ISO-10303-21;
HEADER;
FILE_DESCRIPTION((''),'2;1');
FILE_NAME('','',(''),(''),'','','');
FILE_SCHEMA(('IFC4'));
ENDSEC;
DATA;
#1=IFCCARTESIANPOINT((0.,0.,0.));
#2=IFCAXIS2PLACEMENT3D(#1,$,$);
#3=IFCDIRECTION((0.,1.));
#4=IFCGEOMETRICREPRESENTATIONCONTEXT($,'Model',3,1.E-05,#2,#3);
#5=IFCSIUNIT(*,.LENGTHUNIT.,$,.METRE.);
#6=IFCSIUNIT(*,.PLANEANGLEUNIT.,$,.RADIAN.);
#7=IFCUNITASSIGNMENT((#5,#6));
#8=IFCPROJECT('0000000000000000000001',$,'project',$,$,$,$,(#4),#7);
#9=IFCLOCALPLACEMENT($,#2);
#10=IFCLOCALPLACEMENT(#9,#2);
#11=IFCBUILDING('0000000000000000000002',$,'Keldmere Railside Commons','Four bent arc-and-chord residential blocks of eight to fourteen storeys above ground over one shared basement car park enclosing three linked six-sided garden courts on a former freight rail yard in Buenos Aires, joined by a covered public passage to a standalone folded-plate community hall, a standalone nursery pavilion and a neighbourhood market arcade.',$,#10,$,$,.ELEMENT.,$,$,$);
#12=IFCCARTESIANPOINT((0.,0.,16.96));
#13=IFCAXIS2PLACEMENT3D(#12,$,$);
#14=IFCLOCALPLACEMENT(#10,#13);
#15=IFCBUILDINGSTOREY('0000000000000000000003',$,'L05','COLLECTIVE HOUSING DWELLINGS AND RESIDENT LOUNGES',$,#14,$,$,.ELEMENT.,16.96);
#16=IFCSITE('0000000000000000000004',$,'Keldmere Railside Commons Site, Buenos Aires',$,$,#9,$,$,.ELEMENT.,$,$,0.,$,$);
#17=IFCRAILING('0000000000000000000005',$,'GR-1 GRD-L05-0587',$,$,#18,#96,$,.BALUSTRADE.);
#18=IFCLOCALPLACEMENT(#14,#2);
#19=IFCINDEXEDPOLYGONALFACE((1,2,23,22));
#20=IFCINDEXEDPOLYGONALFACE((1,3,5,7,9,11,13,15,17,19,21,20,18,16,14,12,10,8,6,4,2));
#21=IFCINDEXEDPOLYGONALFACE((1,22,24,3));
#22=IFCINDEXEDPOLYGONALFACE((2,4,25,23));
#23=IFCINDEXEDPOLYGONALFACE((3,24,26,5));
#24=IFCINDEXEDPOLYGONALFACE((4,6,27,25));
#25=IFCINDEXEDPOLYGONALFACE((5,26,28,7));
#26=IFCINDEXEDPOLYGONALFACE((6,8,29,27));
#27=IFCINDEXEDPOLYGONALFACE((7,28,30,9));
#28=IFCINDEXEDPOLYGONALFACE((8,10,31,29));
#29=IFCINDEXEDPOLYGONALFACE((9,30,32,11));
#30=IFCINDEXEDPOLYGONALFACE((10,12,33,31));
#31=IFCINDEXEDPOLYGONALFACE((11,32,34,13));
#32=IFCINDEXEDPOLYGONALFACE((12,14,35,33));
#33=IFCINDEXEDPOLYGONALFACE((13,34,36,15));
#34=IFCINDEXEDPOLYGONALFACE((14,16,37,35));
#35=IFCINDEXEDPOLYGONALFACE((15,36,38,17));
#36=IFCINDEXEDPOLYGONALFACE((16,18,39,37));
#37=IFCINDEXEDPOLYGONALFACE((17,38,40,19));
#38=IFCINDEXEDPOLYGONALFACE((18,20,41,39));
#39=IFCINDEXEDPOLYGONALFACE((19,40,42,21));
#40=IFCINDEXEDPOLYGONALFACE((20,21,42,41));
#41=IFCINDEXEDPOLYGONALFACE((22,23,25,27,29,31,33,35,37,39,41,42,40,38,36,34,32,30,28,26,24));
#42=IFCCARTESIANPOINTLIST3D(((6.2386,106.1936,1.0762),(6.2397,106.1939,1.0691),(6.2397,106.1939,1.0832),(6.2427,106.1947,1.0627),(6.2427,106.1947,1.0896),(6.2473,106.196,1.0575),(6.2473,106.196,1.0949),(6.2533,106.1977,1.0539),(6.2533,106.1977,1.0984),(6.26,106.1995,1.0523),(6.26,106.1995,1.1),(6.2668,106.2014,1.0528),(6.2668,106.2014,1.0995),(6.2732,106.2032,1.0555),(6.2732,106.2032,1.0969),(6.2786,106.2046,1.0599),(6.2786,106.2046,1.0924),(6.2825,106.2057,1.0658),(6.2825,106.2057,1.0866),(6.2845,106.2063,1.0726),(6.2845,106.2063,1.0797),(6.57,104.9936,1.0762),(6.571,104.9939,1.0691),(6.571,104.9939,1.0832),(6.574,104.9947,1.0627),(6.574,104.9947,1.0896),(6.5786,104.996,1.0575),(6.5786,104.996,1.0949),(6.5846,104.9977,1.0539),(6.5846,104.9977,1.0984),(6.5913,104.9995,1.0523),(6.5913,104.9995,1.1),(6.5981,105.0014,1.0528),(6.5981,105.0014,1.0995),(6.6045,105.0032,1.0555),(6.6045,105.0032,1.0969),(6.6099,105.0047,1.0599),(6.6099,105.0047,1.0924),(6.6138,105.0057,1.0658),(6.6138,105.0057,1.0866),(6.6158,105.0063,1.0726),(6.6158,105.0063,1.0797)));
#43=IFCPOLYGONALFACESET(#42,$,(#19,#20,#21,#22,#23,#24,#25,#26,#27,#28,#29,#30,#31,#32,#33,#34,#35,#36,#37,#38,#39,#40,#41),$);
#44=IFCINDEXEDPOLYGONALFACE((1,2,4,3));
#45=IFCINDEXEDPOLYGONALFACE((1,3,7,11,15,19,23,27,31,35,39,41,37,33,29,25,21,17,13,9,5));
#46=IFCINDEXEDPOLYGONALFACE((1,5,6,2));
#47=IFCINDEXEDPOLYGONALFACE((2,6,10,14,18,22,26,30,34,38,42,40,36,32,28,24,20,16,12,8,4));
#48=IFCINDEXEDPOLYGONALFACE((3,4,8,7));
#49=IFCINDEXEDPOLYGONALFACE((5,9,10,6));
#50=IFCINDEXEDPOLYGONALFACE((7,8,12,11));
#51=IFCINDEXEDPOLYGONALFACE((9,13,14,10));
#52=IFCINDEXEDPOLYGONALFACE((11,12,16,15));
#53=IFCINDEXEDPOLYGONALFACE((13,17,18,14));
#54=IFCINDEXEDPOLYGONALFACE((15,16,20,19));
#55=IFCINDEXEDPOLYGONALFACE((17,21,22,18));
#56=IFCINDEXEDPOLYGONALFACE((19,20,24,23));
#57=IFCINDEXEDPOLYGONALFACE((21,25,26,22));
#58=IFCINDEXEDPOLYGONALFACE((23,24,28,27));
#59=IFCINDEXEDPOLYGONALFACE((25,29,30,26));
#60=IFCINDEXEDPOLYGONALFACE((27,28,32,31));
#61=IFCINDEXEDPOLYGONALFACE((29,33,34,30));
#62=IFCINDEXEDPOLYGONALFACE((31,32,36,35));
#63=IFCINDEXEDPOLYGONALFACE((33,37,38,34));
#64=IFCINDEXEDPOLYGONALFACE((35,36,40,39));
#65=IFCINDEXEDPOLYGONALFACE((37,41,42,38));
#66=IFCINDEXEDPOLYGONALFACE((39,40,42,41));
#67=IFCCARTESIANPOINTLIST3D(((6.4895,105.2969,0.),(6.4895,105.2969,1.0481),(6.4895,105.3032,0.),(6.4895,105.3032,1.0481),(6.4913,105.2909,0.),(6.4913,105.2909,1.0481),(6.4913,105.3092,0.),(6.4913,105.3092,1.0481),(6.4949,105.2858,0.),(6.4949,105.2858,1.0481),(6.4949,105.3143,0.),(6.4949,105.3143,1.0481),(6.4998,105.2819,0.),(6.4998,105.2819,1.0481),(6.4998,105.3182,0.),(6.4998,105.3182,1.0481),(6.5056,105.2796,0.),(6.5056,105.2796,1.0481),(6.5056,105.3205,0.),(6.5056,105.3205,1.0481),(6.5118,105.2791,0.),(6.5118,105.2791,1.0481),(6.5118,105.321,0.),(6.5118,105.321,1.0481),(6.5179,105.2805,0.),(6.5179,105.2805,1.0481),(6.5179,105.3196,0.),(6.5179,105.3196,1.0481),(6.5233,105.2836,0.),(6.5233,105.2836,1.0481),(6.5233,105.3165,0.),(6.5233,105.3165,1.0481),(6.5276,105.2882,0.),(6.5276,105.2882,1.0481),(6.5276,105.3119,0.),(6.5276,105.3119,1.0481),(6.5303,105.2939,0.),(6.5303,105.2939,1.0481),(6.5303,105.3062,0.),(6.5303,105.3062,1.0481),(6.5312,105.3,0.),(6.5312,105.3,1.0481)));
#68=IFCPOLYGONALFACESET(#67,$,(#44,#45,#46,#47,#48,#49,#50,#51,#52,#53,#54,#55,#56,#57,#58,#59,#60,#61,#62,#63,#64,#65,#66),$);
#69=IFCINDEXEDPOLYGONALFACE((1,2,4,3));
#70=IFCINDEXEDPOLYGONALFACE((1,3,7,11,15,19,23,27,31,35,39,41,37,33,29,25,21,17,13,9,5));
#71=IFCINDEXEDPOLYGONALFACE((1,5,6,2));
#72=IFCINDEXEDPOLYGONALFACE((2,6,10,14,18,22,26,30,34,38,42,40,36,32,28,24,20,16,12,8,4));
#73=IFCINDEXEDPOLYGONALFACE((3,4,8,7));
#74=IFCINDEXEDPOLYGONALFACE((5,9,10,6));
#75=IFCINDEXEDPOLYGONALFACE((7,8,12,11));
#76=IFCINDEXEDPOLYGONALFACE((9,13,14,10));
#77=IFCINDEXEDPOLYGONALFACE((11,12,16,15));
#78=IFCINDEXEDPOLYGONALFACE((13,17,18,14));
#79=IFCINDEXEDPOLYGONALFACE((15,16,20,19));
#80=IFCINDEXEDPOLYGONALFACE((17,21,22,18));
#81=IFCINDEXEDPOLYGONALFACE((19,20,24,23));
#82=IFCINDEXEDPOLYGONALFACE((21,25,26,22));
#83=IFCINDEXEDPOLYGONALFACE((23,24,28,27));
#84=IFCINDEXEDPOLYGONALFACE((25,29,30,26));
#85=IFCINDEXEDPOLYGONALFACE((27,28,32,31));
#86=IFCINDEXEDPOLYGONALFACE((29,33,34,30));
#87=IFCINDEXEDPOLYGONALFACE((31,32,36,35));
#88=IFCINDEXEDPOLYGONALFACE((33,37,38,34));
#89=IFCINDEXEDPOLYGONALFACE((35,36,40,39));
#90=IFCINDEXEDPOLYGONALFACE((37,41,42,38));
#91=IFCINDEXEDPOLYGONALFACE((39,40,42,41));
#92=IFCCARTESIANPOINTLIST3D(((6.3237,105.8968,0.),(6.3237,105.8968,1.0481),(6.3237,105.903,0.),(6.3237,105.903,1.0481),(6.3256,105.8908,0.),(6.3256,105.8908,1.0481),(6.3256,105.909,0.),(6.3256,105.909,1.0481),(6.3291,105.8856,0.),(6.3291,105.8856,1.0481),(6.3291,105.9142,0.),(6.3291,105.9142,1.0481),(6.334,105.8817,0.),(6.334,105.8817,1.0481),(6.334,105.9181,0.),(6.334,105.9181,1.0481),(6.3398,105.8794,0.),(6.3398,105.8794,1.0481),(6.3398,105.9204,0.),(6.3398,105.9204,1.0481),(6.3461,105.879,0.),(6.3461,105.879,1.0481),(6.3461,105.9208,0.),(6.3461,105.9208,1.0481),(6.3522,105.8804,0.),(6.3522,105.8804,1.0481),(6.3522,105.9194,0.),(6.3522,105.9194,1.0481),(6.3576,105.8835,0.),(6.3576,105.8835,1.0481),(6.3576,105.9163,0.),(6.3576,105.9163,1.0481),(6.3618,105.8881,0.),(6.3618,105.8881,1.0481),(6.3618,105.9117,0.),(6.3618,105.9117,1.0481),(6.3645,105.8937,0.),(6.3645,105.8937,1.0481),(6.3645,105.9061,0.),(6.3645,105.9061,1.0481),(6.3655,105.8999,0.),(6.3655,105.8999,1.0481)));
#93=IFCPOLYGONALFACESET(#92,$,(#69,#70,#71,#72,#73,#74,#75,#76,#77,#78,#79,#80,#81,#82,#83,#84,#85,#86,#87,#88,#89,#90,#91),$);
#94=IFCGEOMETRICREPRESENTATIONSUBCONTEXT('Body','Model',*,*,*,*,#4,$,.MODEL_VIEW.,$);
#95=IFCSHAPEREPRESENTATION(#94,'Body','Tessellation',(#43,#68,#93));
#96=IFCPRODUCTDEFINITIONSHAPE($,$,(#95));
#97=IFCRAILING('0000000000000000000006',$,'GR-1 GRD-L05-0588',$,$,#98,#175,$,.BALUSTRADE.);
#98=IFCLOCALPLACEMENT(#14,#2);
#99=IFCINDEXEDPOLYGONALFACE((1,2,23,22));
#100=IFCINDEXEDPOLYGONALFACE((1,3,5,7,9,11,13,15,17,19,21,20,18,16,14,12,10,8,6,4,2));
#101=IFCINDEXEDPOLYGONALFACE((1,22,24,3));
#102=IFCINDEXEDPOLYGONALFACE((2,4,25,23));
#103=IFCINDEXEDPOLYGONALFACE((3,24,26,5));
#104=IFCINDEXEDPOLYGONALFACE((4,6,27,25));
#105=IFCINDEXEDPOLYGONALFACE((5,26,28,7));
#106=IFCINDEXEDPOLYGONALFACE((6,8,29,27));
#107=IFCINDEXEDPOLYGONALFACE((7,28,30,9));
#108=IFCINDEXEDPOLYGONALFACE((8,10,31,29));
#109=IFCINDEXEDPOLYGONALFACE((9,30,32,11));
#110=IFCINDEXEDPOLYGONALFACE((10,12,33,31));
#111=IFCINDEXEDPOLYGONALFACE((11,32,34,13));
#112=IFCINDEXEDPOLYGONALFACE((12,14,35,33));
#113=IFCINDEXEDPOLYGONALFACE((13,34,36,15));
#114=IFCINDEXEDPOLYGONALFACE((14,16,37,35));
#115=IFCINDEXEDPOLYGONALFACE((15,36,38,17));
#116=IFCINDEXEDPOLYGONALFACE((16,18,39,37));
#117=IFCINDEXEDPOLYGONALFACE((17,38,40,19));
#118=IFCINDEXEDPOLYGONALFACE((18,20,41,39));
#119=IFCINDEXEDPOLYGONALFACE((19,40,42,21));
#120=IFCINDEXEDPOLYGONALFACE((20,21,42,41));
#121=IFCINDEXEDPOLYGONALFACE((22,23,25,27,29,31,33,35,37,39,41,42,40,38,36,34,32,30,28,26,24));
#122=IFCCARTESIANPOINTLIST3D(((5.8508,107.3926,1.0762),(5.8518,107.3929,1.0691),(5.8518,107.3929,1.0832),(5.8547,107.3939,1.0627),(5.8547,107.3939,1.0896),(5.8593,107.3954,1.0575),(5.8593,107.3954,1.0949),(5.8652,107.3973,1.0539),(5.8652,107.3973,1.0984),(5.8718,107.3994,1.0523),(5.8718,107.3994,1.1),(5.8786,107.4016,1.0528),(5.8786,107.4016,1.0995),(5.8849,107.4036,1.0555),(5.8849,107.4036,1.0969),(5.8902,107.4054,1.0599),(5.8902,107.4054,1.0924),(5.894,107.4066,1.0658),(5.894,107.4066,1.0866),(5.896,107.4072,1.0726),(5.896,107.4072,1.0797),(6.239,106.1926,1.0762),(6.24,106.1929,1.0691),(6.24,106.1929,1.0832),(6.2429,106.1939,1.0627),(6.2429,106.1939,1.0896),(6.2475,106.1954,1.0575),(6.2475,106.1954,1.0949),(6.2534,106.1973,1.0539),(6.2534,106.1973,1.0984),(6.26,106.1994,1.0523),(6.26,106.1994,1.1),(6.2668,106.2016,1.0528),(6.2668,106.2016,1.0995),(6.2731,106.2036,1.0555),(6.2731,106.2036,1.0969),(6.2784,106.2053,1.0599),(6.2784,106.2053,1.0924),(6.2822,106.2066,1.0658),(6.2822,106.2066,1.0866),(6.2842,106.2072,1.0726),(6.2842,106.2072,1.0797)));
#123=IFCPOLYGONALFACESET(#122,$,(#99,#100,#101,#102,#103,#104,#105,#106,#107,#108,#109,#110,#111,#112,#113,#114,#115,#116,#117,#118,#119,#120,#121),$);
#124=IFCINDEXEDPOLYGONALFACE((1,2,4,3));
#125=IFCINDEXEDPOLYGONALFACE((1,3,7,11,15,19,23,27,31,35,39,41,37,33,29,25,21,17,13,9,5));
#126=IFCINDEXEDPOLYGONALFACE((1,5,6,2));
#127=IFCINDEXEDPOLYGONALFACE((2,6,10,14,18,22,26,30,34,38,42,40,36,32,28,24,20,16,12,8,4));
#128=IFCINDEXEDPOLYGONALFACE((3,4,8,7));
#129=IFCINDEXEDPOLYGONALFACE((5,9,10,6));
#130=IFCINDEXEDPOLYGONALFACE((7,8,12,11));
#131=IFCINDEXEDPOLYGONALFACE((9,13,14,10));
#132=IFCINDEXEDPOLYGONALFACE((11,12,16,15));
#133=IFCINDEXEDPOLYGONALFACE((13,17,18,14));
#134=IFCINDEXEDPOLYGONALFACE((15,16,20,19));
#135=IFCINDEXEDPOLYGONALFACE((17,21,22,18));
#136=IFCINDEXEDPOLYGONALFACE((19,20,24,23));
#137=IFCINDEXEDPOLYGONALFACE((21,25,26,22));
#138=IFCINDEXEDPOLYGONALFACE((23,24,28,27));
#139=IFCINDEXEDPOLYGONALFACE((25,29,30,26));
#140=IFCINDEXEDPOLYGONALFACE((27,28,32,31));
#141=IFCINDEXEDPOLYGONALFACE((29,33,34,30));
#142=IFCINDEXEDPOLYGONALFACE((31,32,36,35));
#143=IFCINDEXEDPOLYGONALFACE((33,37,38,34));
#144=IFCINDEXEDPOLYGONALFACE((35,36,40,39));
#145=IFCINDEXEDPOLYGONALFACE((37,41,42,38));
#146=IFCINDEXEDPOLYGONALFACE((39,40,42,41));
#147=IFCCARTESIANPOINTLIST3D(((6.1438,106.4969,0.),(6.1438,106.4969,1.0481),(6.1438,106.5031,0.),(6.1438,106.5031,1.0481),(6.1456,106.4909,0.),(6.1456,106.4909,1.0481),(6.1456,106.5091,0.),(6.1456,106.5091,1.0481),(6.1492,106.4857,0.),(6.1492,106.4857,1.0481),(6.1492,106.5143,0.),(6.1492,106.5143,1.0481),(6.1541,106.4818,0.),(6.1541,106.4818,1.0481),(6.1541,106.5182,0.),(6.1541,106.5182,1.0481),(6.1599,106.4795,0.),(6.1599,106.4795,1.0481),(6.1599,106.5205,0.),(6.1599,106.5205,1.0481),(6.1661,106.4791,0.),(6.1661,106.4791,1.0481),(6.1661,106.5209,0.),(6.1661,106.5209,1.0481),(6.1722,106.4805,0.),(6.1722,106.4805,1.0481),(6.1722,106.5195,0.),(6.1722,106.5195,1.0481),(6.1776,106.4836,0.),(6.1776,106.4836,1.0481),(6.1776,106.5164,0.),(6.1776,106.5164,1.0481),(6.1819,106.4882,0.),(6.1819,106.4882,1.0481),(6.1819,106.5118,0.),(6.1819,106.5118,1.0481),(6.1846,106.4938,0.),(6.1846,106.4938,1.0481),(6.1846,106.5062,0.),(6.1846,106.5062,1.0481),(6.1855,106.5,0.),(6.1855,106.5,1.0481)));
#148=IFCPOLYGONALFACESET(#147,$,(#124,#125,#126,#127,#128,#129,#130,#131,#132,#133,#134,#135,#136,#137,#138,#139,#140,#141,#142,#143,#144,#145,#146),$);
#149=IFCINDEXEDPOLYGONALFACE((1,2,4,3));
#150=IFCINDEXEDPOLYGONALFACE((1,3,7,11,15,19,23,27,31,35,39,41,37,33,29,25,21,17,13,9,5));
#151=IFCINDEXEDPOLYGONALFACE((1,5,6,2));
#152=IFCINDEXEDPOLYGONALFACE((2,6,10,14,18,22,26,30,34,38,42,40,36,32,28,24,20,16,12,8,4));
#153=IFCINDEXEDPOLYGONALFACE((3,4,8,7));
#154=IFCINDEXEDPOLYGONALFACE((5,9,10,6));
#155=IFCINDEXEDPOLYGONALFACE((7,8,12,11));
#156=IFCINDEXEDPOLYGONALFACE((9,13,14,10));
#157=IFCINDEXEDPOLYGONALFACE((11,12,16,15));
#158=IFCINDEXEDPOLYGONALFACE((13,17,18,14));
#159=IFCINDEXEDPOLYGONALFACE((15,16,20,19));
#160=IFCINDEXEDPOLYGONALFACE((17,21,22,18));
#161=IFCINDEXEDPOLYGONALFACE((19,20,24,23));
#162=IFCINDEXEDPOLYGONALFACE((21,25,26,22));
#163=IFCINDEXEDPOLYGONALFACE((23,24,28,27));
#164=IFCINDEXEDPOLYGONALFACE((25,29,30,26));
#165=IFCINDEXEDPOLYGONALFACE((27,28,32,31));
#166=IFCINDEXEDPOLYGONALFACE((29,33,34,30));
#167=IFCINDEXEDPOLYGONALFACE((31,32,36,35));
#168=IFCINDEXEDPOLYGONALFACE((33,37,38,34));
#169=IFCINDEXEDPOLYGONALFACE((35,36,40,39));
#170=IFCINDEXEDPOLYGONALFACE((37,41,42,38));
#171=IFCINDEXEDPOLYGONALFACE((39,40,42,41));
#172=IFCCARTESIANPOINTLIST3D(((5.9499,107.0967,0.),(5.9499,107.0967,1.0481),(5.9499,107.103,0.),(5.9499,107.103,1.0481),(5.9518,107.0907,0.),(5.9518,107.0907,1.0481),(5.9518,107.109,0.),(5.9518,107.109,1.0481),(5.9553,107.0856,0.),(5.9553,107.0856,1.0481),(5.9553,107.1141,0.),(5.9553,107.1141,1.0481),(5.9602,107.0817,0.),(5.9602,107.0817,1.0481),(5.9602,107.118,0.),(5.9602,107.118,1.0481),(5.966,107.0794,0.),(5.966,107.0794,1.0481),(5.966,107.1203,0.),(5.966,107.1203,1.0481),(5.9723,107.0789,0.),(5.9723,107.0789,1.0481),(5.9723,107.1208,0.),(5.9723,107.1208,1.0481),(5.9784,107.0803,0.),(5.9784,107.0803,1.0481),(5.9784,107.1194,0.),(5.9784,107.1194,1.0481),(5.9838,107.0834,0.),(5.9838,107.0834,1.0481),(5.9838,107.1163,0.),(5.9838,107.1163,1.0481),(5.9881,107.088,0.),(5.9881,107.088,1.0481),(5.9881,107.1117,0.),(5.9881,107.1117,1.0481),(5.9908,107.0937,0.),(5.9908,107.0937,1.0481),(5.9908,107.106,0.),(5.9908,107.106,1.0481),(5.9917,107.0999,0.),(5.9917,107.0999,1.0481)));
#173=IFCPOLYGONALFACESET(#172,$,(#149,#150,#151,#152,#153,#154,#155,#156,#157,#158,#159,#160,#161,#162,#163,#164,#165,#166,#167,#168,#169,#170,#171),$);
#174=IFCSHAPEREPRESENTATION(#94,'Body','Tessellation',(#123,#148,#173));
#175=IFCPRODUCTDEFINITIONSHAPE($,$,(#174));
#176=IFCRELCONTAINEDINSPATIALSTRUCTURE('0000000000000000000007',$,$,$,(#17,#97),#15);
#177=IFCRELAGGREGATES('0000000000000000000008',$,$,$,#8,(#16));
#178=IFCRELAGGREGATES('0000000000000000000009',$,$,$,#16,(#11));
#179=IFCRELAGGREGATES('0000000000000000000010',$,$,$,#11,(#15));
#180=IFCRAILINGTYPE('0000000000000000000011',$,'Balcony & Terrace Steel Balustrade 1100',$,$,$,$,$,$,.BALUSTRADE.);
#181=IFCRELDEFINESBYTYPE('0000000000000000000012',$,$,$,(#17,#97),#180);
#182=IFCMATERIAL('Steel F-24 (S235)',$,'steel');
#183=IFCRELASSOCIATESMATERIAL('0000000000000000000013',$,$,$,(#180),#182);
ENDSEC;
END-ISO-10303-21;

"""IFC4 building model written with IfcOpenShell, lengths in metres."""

from ifc_helpers import new_model, si_unit, direction, frame, origin, origin_2d, place, context, subcontext, project, spatial, circle, extrude, material, type_object, element, save


model = new_model("IFC4")

# Units and contexts
model_context = context("Model", 3, precision=1e-05, world=origin(), true_north=direction((0.0, 1.0)))
body_context = subcontext(model_context, "Body", "Model", "MODEL_VIEW")
ifc_project = project(units=[si_unit("LENGTHUNIT", "METRE"), si_unit("PLANEANGLEUNIT", "RADIAN")], contexts=[model_context])

# Site, building, storey
site_placement = place(None, origin())
site = spatial("IfcSite", under=ifc_project, at=site_placement, Name="Keldmere Railside Commons Site, Buenos Aires", CompositionType="ELEMENT", RefElevation=0.0)
building_placement = place(site_placement, origin())
building = spatial("IfcBuilding", under=site, at=building_placement, Name="Keldmere Railside Commons", Description="Four bent arc-and-chord residential blocks of eight to fourteen storeys above ground over one shared basement car park enclosing three linked six-sided garden courts on a former freight rail yard in Buenos Aires, joined by a covered public passage to a standalone folded-plate community hall, a standalone nursery pavilion and a neighbourhood market arcade.", CompositionType="ELEMENT")
storey_placement = place(building_placement, frame((0.0, 0.0, 16.96)))
storey = spatial("IfcBuildingStorey", under=building, at=storey_placement, Name="L05", Description="COLLECTIVE HOUSING DWELLINGS AND RESIDENT LOUNGES", CompositionType="ELEMENT", Elevation=16.96)

# Railings
ifc_material_1 = material(Name="Steel F-24 (S235)", Category="steel")
railing_type = type_object("IfcRailingType", Name="Balcony & Terrace Steel Balustrade 1100", PredefinedType="BALUSTRADE", material=ifc_material_1)
railing_1_placement = place(storey_placement, frame((6.593, 105.0, 0.0)))
element("IfcRailing", 1, at=railing_1_placement, inside=storey, type_object=railing_type, Name="GR-1 GRD-L05-0587", PredefinedType="BALUSTRADE", context=body_context, shape_type="SweptSolid", body=[
    extrude(circle(Radius=0.0239, at=origin_2d()), frame((0.0, 0.0, 1.0762), z_axis=(-0.266136, 0.963935, 0.0), x_axis=(-0.963935, -0.266136, 0.0)), (0.0, 0.0, 1.0), 1.2449),
    extrude(circle(Radius=0.021, at=origin_2d()), frame((-0.0828, 0.3, 0.0)), (0.0, 0.0, 1.0), 1.0481),
    extrude(circle(Radius=0.021, at=origin_2d()), frame((-0.2485, 0.8999, 0.0)), (0.0, 0.0, 1.0), 1.0481),
])
railing_2_placement = place(storey_placement, frame((6.2617, 106.2, 0.0)))
element("IfcRailing", 2, at=railing_2_placement, inside=storey, type_object=railing_type, Name="GR-1 GRD-L05-0588", PredefinedType="BALUSTRADE", context=body_context, shape_type="SweptSolid", body=[
    extrude(circle(Radius=0.0239, at=origin_2d()), frame((0.0, 0.0, 1.0762), z_axis=(-0.307795, 0.951453, 0.0), x_axis=(-0.951453, -0.307795, 0.0)), (0.0, 0.0, 1.0), 1.2612),
    extrude(circle(Radius=0.021, at=origin_2d()), frame((-0.0972, 0.3, 0.0)), (0.0, 0.0, 1.0), 1.0481),
    extrude(circle(Radius=0.021, at=origin_2d()), frame((-0.291, 0.8999, 0.0)), (0.0, 0.0, 1.0), 1.0481),
])

save(model, "model.ifc")
